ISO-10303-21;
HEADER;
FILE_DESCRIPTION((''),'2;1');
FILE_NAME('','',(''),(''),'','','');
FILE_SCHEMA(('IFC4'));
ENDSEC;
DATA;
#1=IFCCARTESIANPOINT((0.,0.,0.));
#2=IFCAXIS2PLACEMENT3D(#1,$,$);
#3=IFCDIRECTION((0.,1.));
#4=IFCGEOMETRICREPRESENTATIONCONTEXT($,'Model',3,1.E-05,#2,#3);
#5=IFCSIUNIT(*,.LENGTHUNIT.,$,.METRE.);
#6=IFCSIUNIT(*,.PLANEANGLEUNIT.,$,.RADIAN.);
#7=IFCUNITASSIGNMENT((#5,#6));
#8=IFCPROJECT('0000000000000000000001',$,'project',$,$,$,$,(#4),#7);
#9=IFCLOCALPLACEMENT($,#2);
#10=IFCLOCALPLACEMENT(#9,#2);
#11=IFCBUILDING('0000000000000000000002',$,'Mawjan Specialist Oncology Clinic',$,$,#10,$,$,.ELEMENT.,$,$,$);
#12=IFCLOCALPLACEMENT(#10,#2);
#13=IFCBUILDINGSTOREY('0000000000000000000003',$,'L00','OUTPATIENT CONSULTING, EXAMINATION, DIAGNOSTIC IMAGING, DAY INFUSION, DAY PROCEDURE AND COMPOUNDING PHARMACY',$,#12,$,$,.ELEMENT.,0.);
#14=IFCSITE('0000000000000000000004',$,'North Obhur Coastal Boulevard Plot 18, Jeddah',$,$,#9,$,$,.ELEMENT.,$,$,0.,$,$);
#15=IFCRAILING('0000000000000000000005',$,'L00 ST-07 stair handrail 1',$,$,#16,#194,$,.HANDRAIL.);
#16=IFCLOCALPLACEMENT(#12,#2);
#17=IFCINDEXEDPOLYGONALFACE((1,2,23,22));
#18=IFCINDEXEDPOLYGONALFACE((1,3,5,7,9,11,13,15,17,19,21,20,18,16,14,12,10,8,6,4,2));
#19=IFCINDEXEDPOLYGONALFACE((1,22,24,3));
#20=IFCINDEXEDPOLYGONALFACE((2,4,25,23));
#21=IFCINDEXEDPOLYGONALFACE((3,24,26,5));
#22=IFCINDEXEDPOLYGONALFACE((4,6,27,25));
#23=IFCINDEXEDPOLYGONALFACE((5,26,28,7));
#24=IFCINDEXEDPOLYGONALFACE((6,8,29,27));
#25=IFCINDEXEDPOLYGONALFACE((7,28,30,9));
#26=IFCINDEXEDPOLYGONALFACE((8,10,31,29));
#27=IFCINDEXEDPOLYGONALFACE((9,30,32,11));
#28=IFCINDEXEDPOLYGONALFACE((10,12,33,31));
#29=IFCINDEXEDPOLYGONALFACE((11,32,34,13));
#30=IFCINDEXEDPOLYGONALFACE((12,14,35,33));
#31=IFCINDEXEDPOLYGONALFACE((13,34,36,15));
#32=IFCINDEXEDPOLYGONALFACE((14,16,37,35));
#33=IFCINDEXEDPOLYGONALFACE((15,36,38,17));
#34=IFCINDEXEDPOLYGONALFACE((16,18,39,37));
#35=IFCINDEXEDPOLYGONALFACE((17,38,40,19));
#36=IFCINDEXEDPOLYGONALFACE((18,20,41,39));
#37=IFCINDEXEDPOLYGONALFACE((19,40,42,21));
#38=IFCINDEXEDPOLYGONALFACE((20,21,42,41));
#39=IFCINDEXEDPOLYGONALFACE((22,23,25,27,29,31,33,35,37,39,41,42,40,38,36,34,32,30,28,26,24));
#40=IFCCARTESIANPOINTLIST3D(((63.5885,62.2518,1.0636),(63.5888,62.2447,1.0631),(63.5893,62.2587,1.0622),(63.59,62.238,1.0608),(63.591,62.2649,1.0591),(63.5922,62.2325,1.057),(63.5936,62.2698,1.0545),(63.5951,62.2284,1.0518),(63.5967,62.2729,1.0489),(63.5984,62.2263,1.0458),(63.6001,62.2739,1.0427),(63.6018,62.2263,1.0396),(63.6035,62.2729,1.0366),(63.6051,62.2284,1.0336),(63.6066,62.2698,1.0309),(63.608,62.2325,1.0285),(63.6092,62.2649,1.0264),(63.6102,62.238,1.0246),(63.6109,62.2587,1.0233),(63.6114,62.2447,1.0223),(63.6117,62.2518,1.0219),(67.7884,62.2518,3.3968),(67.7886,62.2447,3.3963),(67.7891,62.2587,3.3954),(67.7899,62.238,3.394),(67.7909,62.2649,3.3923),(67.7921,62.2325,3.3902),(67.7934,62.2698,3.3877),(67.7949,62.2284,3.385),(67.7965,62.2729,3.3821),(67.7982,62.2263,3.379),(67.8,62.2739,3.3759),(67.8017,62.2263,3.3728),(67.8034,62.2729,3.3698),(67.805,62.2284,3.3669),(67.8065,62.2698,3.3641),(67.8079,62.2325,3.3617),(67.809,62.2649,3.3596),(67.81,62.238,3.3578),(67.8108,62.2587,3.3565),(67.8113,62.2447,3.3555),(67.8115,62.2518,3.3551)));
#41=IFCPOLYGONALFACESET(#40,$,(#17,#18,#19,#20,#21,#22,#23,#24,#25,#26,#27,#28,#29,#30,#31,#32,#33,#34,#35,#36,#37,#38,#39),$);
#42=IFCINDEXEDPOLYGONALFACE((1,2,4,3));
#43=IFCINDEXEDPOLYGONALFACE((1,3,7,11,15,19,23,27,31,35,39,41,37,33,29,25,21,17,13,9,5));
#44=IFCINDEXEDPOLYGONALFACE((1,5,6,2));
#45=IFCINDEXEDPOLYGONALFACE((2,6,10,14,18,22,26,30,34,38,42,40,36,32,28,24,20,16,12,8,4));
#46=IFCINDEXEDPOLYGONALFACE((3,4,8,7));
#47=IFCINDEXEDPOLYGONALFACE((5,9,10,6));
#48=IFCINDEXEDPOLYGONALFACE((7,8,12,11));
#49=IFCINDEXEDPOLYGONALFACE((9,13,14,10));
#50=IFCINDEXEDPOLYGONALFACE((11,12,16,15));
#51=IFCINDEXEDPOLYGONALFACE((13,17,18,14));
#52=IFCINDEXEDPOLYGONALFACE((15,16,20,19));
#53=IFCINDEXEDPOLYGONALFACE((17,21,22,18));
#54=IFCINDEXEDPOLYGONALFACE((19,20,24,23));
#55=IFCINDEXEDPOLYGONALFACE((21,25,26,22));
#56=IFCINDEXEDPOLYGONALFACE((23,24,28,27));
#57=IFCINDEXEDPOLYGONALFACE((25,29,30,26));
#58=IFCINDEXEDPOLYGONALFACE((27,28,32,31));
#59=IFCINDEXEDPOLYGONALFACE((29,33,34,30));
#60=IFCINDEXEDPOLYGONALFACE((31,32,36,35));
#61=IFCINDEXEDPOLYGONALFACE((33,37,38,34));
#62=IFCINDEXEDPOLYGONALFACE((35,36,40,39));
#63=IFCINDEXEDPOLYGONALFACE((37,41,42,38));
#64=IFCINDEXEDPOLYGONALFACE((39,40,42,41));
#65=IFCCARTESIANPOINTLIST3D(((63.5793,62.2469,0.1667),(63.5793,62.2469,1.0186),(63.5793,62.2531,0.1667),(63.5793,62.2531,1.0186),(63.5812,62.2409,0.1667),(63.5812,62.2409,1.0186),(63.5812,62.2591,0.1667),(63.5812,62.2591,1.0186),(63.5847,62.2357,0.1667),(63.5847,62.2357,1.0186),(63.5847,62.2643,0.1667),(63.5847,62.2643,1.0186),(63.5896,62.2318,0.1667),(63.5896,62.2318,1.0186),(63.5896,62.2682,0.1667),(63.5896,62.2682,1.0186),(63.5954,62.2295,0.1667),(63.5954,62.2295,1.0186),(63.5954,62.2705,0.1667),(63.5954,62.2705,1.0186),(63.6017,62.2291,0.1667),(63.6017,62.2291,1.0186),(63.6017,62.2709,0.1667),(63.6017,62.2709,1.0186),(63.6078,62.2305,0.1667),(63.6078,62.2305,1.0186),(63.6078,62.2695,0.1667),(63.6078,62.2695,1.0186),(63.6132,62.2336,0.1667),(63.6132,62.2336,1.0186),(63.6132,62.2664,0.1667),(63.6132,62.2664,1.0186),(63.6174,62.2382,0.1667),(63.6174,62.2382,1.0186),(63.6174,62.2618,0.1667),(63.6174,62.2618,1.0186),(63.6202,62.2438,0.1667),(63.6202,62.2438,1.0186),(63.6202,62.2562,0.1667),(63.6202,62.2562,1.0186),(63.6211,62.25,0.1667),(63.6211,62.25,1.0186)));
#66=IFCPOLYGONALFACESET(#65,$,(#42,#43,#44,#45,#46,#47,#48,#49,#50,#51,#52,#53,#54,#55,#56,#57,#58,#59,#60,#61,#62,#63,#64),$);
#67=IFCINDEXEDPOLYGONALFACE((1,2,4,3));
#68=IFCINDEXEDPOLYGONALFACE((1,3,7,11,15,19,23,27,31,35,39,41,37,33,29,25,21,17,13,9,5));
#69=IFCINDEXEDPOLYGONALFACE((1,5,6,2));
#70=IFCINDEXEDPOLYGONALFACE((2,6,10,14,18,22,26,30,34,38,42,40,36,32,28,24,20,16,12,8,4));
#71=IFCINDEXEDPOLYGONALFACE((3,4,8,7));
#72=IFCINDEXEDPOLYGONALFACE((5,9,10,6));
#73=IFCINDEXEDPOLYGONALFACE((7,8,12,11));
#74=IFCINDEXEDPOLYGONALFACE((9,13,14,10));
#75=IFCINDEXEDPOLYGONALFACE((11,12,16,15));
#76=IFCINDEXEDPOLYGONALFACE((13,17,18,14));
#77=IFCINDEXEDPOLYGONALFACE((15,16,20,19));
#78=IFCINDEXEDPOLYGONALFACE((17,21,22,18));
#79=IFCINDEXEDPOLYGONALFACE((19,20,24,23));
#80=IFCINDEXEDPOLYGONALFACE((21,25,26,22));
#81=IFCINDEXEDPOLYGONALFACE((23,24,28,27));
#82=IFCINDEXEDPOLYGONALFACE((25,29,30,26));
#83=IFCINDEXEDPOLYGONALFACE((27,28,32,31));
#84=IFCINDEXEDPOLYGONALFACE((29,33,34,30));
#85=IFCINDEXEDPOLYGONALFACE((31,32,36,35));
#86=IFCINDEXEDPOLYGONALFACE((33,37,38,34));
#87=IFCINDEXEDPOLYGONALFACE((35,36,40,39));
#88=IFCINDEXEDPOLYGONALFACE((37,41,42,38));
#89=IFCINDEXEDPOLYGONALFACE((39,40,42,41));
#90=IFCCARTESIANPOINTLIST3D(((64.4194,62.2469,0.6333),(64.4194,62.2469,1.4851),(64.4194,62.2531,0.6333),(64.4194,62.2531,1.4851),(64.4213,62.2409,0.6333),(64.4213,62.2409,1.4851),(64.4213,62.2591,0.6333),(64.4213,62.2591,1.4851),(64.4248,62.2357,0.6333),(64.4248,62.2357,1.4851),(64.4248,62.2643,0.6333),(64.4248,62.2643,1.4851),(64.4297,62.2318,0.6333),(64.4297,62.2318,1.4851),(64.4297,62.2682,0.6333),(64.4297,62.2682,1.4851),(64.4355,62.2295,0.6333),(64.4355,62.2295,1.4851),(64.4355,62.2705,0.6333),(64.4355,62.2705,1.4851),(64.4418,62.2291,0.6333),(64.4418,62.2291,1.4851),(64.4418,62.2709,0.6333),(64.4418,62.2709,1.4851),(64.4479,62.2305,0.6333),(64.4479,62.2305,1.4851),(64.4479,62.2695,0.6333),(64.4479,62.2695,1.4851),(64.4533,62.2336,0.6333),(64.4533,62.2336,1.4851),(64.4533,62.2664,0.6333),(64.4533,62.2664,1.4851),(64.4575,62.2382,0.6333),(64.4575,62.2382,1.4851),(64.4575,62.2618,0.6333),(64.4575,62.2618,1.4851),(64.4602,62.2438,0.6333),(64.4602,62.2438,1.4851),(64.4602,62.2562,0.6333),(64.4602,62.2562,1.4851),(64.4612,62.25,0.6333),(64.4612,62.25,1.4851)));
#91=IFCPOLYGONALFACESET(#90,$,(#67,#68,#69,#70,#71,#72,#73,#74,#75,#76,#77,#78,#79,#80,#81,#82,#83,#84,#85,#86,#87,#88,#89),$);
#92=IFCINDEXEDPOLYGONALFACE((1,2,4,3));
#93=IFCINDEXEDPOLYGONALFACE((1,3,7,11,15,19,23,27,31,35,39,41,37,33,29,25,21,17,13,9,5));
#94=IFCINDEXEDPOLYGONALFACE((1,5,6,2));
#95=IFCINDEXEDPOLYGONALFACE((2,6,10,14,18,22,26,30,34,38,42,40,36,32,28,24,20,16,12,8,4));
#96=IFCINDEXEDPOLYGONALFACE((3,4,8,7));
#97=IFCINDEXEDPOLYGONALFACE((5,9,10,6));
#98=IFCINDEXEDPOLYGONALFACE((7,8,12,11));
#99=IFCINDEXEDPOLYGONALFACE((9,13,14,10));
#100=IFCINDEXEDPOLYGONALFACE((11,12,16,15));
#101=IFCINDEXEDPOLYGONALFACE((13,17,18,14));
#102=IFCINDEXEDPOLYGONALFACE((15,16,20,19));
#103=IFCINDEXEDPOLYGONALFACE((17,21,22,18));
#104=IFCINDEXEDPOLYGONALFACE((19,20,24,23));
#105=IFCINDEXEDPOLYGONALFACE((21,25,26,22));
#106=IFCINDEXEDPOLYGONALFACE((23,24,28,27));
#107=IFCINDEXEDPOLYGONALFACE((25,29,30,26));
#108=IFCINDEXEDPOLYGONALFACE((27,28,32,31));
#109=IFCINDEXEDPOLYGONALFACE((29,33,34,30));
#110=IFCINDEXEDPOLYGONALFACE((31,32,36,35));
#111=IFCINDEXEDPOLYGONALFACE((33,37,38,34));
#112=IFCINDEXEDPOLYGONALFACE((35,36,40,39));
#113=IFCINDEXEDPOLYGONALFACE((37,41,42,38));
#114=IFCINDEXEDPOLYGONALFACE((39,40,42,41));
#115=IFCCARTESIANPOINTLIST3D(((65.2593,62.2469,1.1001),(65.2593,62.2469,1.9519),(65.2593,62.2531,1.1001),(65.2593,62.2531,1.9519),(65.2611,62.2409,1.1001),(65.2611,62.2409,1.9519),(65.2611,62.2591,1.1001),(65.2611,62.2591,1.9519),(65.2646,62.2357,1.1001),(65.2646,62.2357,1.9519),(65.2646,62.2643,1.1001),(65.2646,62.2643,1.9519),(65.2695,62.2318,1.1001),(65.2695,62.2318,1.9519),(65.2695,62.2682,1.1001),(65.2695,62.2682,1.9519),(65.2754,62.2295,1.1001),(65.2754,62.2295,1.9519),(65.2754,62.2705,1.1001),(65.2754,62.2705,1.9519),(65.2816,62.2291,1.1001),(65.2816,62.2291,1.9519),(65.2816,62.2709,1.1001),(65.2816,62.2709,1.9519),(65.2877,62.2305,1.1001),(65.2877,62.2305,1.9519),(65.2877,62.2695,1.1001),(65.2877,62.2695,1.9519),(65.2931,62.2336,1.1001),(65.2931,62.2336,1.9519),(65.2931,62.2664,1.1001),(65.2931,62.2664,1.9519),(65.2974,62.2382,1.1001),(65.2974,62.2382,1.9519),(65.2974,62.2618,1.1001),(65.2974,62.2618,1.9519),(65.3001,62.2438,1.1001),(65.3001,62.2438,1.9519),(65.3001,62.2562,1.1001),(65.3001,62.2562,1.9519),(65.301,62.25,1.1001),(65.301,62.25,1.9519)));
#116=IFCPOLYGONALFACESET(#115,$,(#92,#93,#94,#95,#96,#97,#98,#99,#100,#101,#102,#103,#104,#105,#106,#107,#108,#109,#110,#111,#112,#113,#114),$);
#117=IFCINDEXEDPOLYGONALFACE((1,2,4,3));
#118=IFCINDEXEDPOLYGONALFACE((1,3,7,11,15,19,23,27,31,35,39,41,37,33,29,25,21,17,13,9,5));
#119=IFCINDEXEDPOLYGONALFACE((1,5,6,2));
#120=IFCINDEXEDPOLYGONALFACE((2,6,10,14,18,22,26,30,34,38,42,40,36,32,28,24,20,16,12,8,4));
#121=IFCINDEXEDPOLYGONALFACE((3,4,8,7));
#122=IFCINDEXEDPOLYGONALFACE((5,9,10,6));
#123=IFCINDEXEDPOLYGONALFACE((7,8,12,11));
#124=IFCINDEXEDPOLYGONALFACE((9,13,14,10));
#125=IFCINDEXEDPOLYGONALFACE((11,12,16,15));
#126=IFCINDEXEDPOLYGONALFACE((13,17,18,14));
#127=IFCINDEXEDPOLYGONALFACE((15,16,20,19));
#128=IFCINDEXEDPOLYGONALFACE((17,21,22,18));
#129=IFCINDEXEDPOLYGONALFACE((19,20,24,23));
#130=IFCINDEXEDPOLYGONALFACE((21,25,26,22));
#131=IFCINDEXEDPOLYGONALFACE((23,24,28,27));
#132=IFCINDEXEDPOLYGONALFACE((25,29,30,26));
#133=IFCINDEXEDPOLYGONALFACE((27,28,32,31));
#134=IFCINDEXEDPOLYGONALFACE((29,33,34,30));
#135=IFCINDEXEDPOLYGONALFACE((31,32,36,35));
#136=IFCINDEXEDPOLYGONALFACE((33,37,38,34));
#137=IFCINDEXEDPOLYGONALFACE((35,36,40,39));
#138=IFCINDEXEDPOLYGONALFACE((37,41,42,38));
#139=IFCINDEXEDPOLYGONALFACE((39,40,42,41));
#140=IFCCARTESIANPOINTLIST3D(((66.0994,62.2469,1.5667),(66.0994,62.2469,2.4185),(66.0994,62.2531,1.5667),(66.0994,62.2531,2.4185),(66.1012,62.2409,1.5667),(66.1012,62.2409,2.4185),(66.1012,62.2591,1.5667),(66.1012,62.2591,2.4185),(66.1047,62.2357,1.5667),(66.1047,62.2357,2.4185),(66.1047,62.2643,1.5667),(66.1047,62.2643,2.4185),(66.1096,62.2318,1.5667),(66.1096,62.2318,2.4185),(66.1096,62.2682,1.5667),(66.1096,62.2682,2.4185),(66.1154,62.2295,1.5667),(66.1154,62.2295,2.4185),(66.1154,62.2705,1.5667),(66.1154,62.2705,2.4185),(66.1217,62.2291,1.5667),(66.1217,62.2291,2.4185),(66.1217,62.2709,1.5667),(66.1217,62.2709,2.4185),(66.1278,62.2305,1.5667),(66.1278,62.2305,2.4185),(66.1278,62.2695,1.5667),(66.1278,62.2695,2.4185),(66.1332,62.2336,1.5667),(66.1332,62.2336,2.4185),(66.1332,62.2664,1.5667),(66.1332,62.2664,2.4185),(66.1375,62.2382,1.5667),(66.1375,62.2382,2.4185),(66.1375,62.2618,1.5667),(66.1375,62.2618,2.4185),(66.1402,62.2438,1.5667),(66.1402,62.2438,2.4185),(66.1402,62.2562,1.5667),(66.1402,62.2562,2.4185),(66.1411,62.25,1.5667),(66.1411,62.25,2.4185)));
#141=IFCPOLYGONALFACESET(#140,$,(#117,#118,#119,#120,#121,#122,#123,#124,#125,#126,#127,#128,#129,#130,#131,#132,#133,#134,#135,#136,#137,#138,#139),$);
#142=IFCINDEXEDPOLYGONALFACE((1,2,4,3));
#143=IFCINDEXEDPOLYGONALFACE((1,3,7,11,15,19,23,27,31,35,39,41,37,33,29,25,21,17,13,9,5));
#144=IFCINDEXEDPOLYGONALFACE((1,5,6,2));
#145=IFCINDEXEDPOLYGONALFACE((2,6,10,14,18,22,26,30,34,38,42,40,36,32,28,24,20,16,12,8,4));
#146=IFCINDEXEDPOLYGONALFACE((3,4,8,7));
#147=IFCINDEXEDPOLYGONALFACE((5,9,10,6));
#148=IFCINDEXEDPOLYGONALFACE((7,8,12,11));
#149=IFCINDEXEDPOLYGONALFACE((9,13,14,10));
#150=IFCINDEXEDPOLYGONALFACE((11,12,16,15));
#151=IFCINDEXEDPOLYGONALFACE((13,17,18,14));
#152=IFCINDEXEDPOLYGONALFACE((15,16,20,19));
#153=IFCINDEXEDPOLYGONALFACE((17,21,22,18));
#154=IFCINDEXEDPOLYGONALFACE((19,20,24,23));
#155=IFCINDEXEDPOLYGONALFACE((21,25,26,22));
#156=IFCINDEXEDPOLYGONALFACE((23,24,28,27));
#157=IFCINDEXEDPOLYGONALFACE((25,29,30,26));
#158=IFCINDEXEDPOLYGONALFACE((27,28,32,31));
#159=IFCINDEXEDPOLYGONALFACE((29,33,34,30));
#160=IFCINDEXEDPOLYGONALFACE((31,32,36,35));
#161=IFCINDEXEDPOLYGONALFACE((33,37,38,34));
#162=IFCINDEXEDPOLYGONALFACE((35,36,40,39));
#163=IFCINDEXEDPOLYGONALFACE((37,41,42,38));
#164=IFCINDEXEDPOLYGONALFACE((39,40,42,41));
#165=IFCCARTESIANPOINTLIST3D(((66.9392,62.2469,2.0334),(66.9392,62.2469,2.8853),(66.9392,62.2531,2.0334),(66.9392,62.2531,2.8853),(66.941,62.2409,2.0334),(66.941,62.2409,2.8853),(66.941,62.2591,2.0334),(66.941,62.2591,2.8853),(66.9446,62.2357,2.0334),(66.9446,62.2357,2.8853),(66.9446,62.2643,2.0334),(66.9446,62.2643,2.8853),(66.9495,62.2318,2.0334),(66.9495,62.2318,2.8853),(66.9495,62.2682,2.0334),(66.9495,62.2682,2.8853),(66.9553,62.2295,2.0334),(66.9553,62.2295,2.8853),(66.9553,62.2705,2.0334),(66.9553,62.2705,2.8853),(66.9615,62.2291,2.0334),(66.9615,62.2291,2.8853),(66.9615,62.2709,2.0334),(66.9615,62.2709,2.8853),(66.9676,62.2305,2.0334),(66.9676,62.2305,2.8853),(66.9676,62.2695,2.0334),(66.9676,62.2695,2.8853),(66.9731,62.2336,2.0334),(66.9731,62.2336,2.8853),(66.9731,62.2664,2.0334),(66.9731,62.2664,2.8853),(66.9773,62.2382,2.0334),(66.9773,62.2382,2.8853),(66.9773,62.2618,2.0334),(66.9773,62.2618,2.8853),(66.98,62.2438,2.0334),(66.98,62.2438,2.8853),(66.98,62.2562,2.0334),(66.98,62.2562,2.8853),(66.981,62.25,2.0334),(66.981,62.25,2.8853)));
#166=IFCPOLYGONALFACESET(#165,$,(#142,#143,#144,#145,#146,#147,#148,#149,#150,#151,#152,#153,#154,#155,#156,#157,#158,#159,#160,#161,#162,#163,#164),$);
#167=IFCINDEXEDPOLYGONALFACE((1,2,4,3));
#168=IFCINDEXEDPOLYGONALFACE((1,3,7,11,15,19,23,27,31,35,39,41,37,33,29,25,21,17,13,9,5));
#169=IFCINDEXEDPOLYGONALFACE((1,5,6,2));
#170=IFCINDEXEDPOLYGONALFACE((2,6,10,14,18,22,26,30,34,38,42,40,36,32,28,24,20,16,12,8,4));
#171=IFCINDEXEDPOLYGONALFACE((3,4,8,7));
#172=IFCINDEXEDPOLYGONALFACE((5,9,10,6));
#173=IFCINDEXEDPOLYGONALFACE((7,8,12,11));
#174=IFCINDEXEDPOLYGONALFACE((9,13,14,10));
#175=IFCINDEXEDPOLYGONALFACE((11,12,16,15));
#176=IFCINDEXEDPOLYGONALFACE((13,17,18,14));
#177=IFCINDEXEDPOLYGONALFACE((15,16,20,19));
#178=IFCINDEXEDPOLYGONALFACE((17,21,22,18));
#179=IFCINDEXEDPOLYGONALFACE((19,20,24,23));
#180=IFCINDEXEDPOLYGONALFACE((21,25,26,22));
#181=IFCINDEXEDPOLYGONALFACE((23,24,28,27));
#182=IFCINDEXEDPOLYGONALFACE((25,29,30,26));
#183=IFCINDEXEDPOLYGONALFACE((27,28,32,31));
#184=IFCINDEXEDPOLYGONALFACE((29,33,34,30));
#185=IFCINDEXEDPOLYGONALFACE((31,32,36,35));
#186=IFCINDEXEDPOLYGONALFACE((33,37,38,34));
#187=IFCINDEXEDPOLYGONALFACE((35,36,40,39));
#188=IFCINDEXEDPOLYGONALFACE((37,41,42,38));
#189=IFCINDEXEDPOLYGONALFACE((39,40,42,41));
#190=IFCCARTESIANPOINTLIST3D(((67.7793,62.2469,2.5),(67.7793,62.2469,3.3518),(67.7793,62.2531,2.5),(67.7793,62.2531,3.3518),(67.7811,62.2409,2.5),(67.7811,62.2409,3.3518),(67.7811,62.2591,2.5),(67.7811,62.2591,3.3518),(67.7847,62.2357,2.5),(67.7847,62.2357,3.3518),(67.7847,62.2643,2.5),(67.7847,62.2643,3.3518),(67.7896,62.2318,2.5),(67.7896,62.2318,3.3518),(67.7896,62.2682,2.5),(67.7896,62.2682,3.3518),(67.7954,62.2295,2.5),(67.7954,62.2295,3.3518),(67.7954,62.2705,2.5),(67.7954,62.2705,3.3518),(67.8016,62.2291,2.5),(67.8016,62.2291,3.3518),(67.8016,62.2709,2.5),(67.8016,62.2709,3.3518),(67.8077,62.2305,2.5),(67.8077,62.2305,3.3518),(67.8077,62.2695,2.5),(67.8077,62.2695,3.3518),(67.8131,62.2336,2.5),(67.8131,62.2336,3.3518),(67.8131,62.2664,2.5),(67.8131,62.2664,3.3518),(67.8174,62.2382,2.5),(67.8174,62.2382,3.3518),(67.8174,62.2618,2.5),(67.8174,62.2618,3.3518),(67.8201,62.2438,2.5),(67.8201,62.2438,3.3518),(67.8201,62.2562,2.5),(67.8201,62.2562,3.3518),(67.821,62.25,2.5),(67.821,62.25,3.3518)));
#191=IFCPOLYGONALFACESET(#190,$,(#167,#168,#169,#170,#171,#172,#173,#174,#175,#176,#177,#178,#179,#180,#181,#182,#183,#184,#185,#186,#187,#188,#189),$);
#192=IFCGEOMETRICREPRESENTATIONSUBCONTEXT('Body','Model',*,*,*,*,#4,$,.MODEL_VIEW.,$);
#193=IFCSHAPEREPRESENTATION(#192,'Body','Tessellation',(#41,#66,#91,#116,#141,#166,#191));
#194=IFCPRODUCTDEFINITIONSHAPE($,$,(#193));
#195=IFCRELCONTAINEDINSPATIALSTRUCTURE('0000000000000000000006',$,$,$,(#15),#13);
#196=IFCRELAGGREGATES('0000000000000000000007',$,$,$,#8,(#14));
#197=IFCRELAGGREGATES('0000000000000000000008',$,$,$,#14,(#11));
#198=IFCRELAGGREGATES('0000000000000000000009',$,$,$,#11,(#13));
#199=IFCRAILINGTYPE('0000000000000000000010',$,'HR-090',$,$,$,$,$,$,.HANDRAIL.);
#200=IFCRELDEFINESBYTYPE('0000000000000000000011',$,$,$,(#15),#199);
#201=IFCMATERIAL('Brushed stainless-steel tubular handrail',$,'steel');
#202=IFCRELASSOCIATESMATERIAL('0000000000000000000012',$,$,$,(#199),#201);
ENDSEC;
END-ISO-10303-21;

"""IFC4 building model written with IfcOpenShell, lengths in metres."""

from ifc_helpers import new_model, si_unit, direction, frame, origin, origin_2d, place, context, subcontext, project, spatial, circle, extrude, material, type_object, element, save


model = new_model("IFC4")

# Units and contexts
model_context = context("Model", 3, precision=1e-05, world=origin(), true_north=direction((0.0, 1.0)))
body_context = subcontext(model_context, "Body", "Model", "MODEL_VIEW")
ifc_project = project(units=[si_unit("LENGTHUNIT", "METRE"), si_unit("PLANEANGLEUNIT", "RADIAN")], contexts=[model_context])

# Site, building, storey
site_placement = place(None, origin())
site = spatial("IfcSite", under=ifc_project, at=site_placement, Name="North Obhur Coastal Boulevard Plot 18, Jeddah", CompositionType="ELEMENT", RefElevation=0.0)
building_placement = place(site_placement, origin())
building = spatial("IfcBuilding", under=site, at=building_placement, Name="Mawjan Specialist Oncology Clinic", CompositionType="ELEMENT")
storey_placement = place(building_placement, origin())
storey = spatial("IfcBuildingStorey", under=building, at=storey_placement, Name="L00", Description="OUTPATIENT CONSULTING, EXAMINATION, DIAGNOSTIC IMAGING, DAY INFUSION, DAY PROCEDURE AND COMPOUNDING PHARMACY", CompositionType="ELEMENT", Elevation=0.0)

# Railing
ifc_material_1 = material(Name="Brushed stainless-steel tubular handrail", Category="steel")
railing_type_1 = type_object("IfcRailingType", Name="HR-090", PredefinedType="HANDRAIL", material=ifc_material_1)
railing_1_placement = place(storey_placement, frame((63.6001, 62.25, 0.1667)))
element("IfcRailing", 1, at=railing_1_placement, inside=storey, type_object=railing_type_1, Name="L00 ST-07 stair handrail 1", PredefinedType="HANDRAIL", context=body_context, shape_type="SweptSolid", body=[
    extrude(circle(Radius=0.0239, at=origin_2d()), frame((0.0, 0.0, 0.876), z_axis=(0.874162, 0.0, 0.485634), x_axis=(0.0, 1.0, 0.0)), (0.0, 0.0, 1.0), 4.8044),
    extrude(circle(Radius=0.021, at=origin_2d()), origin(), (0.0, 0.0, 1.0), 0.8518),
    extrude(circle(Radius=0.021, at=origin_2d()), frame((0.8401, 0.0, 0.4666)), (0.0, 0.0, 1.0), 0.8518),
    extrude(circle(Radius=0.021, at=origin_2d()), frame((1.6799, 0.0, 0.9333)), (0.0, 0.0, 1.0), 0.8518),
    extrude(circle(Radius=0.021, at=origin_2d()), frame((2.52, 0.0, 1.3999)), (0.0, 0.0, 1.0), 0.8518),
    extrude(circle(Radius=0.021, at=origin_2d()), frame((3.3599, 0.0, 1.8667)), (0.0, 0.0, 1.0), 0.8518),
    extrude(circle(Radius=0.021, at=origin_2d()), frame((4.2, 0.0, 2.3333)), (0.0, 0.0, 1.0), 0.8518),
])

save(model, "model.ifc")
